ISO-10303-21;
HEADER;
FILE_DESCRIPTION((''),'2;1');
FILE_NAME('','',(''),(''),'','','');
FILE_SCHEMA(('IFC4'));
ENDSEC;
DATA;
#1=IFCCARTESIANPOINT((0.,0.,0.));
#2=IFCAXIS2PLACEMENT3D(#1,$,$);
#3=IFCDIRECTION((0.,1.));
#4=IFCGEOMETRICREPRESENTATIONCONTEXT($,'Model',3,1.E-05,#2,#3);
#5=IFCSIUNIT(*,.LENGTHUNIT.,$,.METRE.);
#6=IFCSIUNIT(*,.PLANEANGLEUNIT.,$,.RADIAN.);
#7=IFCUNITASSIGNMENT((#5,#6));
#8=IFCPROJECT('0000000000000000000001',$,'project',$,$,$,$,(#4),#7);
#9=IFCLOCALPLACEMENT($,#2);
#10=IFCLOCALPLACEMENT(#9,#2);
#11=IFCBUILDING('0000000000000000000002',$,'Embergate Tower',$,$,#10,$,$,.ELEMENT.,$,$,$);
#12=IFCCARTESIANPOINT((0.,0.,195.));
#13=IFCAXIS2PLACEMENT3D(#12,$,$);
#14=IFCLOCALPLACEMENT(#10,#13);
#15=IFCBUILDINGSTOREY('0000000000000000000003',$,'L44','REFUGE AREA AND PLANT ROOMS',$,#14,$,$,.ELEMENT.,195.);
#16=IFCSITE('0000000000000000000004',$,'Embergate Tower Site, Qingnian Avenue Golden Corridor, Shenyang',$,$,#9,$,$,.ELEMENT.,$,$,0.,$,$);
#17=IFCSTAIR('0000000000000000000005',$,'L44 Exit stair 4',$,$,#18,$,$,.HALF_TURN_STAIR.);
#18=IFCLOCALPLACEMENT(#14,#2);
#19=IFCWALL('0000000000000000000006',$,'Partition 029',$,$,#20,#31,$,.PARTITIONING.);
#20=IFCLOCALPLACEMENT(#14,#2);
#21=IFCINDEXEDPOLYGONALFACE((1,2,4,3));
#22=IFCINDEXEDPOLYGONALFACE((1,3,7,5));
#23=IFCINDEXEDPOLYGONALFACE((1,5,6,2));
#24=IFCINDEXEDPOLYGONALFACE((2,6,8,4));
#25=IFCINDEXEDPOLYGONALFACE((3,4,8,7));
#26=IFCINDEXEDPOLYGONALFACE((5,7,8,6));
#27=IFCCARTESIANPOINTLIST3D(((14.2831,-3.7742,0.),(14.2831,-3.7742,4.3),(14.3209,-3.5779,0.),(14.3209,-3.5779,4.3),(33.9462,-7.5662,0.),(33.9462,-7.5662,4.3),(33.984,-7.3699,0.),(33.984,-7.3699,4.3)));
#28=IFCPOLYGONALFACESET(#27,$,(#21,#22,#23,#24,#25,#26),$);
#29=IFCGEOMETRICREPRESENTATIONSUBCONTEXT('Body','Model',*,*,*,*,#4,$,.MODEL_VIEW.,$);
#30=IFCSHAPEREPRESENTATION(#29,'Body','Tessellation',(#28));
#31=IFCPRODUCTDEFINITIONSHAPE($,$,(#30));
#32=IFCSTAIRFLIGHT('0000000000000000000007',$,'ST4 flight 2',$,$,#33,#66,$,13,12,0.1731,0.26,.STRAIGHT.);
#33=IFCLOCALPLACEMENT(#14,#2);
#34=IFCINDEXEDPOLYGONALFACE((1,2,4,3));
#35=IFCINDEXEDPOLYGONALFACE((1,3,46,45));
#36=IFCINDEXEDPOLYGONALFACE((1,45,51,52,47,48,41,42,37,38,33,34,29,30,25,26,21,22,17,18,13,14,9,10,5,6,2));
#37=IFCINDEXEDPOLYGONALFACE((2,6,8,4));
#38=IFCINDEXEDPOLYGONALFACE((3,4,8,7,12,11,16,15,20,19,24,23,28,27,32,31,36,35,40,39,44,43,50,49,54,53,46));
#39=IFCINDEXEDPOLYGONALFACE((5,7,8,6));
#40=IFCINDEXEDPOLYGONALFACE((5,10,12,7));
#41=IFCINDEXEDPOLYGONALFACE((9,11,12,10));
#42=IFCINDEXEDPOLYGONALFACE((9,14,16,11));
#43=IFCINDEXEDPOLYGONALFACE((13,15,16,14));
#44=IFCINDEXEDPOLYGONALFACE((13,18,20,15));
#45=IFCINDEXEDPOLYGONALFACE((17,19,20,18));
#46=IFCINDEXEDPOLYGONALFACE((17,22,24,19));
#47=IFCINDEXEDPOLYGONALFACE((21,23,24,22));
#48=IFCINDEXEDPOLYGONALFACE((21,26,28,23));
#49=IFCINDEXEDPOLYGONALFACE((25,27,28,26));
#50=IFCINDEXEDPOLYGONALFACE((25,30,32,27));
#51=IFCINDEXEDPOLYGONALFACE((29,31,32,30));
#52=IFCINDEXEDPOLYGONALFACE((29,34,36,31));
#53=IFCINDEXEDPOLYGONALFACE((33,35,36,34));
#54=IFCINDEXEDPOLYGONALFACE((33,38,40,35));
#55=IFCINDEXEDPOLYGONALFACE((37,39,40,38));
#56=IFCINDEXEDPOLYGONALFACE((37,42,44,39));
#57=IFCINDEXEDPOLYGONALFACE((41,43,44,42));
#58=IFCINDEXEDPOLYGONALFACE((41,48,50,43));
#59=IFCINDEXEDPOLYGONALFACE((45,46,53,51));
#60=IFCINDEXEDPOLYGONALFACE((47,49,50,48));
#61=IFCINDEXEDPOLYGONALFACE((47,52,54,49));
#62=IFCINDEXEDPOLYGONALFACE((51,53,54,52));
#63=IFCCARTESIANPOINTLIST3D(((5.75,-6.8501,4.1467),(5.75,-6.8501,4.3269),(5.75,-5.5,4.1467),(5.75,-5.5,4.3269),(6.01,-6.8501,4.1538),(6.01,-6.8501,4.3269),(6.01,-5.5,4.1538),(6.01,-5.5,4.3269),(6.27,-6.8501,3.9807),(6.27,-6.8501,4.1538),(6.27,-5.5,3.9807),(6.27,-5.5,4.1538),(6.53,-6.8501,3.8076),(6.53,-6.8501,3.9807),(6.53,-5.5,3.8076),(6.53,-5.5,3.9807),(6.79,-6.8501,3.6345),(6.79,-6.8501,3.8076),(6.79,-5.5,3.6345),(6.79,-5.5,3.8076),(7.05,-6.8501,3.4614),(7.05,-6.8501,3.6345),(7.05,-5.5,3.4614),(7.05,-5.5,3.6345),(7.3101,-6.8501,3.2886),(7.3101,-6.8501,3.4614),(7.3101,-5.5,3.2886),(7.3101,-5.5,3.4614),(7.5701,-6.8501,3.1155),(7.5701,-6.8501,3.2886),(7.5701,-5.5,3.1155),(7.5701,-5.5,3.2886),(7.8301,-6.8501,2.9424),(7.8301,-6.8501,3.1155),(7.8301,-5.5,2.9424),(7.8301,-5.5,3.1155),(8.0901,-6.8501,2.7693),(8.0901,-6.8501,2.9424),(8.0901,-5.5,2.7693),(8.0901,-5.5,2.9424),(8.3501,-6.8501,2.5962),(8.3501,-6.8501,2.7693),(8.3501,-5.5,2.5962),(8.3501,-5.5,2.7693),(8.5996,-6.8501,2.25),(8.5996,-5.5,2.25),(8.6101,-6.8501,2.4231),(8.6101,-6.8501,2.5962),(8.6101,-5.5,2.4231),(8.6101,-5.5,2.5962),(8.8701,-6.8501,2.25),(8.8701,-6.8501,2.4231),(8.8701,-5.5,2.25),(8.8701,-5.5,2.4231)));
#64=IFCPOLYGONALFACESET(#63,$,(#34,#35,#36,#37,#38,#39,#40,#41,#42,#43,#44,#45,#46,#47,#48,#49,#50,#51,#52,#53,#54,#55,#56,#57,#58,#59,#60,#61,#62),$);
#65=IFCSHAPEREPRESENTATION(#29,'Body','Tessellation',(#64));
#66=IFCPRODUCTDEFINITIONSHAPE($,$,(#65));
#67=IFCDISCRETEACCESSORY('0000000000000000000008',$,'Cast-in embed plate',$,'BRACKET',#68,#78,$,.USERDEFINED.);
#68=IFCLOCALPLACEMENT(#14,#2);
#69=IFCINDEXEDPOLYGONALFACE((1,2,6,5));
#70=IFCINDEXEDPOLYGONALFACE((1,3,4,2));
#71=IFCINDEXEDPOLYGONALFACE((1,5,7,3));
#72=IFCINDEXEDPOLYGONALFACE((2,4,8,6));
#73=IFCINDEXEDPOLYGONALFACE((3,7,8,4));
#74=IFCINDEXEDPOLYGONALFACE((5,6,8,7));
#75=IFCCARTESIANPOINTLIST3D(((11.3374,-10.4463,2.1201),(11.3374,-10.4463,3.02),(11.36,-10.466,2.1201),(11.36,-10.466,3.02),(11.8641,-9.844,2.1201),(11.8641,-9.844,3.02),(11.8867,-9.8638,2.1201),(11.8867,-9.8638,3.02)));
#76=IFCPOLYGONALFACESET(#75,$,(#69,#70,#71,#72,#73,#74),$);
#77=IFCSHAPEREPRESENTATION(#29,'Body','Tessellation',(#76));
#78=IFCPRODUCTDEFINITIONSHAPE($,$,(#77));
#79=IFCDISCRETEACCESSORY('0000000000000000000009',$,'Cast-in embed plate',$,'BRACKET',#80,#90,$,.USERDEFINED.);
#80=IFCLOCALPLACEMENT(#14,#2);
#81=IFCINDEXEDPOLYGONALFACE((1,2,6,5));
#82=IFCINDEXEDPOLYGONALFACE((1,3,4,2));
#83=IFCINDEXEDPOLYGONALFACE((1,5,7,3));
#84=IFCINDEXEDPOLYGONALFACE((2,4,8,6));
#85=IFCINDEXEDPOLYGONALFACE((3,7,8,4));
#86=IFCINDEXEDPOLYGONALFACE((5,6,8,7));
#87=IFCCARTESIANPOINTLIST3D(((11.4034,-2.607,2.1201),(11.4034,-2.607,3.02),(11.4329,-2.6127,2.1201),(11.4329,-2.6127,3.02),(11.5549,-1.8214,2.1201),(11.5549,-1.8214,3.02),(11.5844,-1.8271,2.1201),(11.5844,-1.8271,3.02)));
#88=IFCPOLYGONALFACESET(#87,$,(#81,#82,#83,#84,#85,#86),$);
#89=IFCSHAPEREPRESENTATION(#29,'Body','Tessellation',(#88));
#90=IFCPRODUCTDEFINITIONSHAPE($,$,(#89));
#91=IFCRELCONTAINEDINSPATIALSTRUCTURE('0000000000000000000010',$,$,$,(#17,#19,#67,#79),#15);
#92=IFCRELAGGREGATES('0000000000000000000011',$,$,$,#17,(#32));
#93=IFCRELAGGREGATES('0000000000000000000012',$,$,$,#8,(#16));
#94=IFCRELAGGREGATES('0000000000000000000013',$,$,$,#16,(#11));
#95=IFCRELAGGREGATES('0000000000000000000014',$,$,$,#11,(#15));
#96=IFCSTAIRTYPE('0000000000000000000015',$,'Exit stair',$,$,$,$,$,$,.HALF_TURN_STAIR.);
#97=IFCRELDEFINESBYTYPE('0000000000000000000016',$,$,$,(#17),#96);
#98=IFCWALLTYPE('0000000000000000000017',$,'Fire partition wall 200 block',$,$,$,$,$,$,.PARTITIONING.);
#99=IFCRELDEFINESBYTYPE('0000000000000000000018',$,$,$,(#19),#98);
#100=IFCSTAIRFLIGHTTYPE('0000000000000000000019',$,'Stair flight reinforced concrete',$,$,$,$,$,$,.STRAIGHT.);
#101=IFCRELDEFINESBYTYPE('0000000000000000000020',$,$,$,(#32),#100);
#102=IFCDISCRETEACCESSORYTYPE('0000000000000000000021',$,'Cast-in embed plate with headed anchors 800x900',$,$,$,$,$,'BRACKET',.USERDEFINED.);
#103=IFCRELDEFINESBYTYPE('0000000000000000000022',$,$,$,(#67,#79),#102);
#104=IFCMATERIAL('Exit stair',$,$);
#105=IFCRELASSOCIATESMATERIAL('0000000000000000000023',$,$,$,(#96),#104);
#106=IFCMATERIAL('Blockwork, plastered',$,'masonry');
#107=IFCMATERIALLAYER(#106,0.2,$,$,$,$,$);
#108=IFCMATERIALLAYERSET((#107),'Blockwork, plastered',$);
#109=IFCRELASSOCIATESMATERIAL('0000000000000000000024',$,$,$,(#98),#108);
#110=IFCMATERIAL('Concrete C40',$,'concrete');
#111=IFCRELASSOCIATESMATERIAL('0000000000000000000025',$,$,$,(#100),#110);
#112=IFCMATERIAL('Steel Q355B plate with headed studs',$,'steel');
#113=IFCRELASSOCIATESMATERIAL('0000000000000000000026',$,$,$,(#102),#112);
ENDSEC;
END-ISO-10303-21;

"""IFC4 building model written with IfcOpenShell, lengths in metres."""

from ifc_helpers import new_model, si_unit, direction, frame, frame_2d, origin, origin_2d, place, context, subcontext, project, spatial, polyline, rectangle, outline, extrude, source, transform, mapped, material, layer, layer_set, type_object, element, aggregate, save


model = new_model("IFC4")

# Units and contexts
model_context = context("Model", 3, precision=1e-05, world=origin(), true_north=direction((0.0, 1.0)))
body_context = subcontext(model_context, "Body", "Model", "MODEL_VIEW")
ifc_project = project(units=[si_unit("LENGTHUNIT", "METRE"), si_unit("PLANEANGLEUNIT", "RADIAN")], contexts=[model_context])

# Site, building, storey
site_placement = place(None, origin())
site = spatial("IfcSite", under=ifc_project, at=site_placement, Name="Embergate Tower Site, Qingnian Avenue Golden Corridor, Shenyang", CompositionType="ELEMENT", RefElevation=0.0)
building_placement = place(site_placement, origin())
building = spatial("IfcBuilding", under=site, at=building_placement, Name="Embergate Tower", CompositionType="ELEMENT")
storey_placement = place(building_placement, frame((0.0, 0.0, 195.0)))
storey = spatial("IfcBuildingStorey", under=building, at=storey_placement, Name="L44", Description="REFUGE AREA AND PLANT ROOMS", CompositionType="ELEMENT", Elevation=195.0)

# Stair
ifc_material_1 = material(Name="Exit stair")
stair_type = type_object("IfcStairType", Name="Exit stair", PredefinedType="HALF_TURN_STAIR", material=ifc_material_1)
stair_placement = place(storey_placement, origin())
stair = element("IfcStair", 1, at=stair_placement, inside=storey, type_object=stair_type, Name="L44 Exit stair 4", PredefinedType="HALF_TURN_STAIR")
ifc_material_2 = material(Name="Concrete C40", Category="concrete")

# Shared definitions
ifc_material_3 = material(Name="Blockwork, plastered", Category="masonry")
ifc_layer_1 = layer(ifc_material_3, 0.2)
ifc_layer_set_1 = layer_set([ifc_layer_1], Name="Blockwork, plastered")
wall_type_1 = type_object("IfcWallType", Name="Fire partition wall 200 block", PredefinedType="PARTITIONING", material=ifc_layer_set_1)

# Wall
shared_shape_1 = source(origin(), body_context, "Body", "SweptSolid", [
    extrude(rectangle(XDim=20.0254, YDim=0.2, at=frame_2d((10.0127, 0.0))), origin(), (0.0, 0.0, 1.0), 4.3),
])
wall_1_placement = place(storey_placement, frame((14.302, -3.676, 0.0), z_axis=(0.0, 0.0, 1.0), x_axis=(0.981908, -0.189359, 0.0)))
element("IfcWall", 2, at=wall_1_placement, inside=storey, type_object=wall_type_1, Name="Partition 029", PredefinedType="PARTITIONING", context=body_context, shape_type="MappedRepresentation", body=[
    mapped(shared_shape_1, transform((0.0, 0.0, 0.0))),
])

# Stair flight
stair_flight_type = type_object("IfcStairFlightType", Name="Stair flight reinforced concrete", PredefinedType="STRAIGHT", material=ifc_material_2)
shared_shape_2 = source(origin(), body_context, "Body", "SweptSolid", [
    extrude(outline(polyline([(0.0, 0.0), (0.0, 0.1731), (0.26, 0.1731), (0.26, 0.3462), (0.52, 0.3462), (0.52, 0.5193), (0.78, 0.5193), (0.78, 0.6924), (1.04, 0.6924), (1.04, 0.8655), (1.3, 0.8655), (1.3, 1.0386), (1.5601, 1.0386), (1.5601, 1.2114), (1.8201, 1.2114), (1.8201, 1.3845), (2.0801, 1.3845), (2.0801, 1.5576), (2.3401, 1.5576), (2.3401, 1.7307), (2.6001, 1.7307), (2.6001, 1.9038), (2.8601, 1.9038), (2.8601, 2.0769), (3.1201, 2.0769), (3.1201, 2.25), (3.1201, 1.8967), (0.2705, 0.0), (0.0, 0.0)])), frame((0.0, 0.675, 0.0), z_axis=(0.0, -1.0, 0.0), x_axis=(1.0, 0.0, 0.0)), (0.0, 0.0, 1.0), 1.3501),
])
stair_flight_placement = place(storey_placement, frame((8.8701, -6.175, 2.25), z_axis=(0.0, 0.0, 1.0), x_axis=(-1.0, 0.0, 0.0)))
stair_flight = element("IfcStairFlight", 3, at=stair_flight_placement, type_object=stair_flight_type, Name="ST4 flight 2", NumberOfRisers=13, NumberOfTreads=12, PredefinedType="STRAIGHT", RiserHeight=0.1731, TreadLength=0.26, context=body_context, shape_type="MappedRepresentation", body=[
    mapped(shared_shape_2, transform((0.0, 0.0, 0.0))),
])
aggregate(stair, [stair_flight])

# Discrete accessories
ifc_material_4 = material(Name="Steel Q355B plate with headed studs", Category="steel")
discrete_accessory_type = type_object("IfcDiscreteAccessoryType", Name="Cast-in embed plate with headed anchors 800x900", ElementType="BRACKET", PredefinedType="USERDEFINED", material=ifc_material_4)
shared_shape_3 = source(origin(), body_context, "Body", "SweptSolid", [
    extrude(rectangle(XDim=0.03, YDim=0.8, at=origin_2d()), origin(), (0.0, 0.0, 1.0), 0.8999),
])
for number, where, z_axis, x_axis, name in (
    (4, (11.6121, -10.155, 2.1201), (0.0, 0.0, 1.0), (0.752748, -0.658309, 0.0), "Cast-in embed plate"),
    (5, (11.4939, -2.217, 2.1201), (0.0, 0.0, 1.0), (0.981903, -0.189387, 0.0), "Cast-in embed plate"),
):
    element("IfcDiscreteAccessory", number, at=place(storey_placement, frame(where, z_axis=z_axis, x_axis=x_axis)), inside=storey, type_object=discrete_accessory_type, Name=name, ObjectType="BRACKET", PredefinedType="USERDEFINED", context=body_context, shape_type="MappedRepresentation", body=[
        mapped(shared_shape_3, transform((0.0, 0.0, 0.0))),
    ])

save(model, "model.ifc")
